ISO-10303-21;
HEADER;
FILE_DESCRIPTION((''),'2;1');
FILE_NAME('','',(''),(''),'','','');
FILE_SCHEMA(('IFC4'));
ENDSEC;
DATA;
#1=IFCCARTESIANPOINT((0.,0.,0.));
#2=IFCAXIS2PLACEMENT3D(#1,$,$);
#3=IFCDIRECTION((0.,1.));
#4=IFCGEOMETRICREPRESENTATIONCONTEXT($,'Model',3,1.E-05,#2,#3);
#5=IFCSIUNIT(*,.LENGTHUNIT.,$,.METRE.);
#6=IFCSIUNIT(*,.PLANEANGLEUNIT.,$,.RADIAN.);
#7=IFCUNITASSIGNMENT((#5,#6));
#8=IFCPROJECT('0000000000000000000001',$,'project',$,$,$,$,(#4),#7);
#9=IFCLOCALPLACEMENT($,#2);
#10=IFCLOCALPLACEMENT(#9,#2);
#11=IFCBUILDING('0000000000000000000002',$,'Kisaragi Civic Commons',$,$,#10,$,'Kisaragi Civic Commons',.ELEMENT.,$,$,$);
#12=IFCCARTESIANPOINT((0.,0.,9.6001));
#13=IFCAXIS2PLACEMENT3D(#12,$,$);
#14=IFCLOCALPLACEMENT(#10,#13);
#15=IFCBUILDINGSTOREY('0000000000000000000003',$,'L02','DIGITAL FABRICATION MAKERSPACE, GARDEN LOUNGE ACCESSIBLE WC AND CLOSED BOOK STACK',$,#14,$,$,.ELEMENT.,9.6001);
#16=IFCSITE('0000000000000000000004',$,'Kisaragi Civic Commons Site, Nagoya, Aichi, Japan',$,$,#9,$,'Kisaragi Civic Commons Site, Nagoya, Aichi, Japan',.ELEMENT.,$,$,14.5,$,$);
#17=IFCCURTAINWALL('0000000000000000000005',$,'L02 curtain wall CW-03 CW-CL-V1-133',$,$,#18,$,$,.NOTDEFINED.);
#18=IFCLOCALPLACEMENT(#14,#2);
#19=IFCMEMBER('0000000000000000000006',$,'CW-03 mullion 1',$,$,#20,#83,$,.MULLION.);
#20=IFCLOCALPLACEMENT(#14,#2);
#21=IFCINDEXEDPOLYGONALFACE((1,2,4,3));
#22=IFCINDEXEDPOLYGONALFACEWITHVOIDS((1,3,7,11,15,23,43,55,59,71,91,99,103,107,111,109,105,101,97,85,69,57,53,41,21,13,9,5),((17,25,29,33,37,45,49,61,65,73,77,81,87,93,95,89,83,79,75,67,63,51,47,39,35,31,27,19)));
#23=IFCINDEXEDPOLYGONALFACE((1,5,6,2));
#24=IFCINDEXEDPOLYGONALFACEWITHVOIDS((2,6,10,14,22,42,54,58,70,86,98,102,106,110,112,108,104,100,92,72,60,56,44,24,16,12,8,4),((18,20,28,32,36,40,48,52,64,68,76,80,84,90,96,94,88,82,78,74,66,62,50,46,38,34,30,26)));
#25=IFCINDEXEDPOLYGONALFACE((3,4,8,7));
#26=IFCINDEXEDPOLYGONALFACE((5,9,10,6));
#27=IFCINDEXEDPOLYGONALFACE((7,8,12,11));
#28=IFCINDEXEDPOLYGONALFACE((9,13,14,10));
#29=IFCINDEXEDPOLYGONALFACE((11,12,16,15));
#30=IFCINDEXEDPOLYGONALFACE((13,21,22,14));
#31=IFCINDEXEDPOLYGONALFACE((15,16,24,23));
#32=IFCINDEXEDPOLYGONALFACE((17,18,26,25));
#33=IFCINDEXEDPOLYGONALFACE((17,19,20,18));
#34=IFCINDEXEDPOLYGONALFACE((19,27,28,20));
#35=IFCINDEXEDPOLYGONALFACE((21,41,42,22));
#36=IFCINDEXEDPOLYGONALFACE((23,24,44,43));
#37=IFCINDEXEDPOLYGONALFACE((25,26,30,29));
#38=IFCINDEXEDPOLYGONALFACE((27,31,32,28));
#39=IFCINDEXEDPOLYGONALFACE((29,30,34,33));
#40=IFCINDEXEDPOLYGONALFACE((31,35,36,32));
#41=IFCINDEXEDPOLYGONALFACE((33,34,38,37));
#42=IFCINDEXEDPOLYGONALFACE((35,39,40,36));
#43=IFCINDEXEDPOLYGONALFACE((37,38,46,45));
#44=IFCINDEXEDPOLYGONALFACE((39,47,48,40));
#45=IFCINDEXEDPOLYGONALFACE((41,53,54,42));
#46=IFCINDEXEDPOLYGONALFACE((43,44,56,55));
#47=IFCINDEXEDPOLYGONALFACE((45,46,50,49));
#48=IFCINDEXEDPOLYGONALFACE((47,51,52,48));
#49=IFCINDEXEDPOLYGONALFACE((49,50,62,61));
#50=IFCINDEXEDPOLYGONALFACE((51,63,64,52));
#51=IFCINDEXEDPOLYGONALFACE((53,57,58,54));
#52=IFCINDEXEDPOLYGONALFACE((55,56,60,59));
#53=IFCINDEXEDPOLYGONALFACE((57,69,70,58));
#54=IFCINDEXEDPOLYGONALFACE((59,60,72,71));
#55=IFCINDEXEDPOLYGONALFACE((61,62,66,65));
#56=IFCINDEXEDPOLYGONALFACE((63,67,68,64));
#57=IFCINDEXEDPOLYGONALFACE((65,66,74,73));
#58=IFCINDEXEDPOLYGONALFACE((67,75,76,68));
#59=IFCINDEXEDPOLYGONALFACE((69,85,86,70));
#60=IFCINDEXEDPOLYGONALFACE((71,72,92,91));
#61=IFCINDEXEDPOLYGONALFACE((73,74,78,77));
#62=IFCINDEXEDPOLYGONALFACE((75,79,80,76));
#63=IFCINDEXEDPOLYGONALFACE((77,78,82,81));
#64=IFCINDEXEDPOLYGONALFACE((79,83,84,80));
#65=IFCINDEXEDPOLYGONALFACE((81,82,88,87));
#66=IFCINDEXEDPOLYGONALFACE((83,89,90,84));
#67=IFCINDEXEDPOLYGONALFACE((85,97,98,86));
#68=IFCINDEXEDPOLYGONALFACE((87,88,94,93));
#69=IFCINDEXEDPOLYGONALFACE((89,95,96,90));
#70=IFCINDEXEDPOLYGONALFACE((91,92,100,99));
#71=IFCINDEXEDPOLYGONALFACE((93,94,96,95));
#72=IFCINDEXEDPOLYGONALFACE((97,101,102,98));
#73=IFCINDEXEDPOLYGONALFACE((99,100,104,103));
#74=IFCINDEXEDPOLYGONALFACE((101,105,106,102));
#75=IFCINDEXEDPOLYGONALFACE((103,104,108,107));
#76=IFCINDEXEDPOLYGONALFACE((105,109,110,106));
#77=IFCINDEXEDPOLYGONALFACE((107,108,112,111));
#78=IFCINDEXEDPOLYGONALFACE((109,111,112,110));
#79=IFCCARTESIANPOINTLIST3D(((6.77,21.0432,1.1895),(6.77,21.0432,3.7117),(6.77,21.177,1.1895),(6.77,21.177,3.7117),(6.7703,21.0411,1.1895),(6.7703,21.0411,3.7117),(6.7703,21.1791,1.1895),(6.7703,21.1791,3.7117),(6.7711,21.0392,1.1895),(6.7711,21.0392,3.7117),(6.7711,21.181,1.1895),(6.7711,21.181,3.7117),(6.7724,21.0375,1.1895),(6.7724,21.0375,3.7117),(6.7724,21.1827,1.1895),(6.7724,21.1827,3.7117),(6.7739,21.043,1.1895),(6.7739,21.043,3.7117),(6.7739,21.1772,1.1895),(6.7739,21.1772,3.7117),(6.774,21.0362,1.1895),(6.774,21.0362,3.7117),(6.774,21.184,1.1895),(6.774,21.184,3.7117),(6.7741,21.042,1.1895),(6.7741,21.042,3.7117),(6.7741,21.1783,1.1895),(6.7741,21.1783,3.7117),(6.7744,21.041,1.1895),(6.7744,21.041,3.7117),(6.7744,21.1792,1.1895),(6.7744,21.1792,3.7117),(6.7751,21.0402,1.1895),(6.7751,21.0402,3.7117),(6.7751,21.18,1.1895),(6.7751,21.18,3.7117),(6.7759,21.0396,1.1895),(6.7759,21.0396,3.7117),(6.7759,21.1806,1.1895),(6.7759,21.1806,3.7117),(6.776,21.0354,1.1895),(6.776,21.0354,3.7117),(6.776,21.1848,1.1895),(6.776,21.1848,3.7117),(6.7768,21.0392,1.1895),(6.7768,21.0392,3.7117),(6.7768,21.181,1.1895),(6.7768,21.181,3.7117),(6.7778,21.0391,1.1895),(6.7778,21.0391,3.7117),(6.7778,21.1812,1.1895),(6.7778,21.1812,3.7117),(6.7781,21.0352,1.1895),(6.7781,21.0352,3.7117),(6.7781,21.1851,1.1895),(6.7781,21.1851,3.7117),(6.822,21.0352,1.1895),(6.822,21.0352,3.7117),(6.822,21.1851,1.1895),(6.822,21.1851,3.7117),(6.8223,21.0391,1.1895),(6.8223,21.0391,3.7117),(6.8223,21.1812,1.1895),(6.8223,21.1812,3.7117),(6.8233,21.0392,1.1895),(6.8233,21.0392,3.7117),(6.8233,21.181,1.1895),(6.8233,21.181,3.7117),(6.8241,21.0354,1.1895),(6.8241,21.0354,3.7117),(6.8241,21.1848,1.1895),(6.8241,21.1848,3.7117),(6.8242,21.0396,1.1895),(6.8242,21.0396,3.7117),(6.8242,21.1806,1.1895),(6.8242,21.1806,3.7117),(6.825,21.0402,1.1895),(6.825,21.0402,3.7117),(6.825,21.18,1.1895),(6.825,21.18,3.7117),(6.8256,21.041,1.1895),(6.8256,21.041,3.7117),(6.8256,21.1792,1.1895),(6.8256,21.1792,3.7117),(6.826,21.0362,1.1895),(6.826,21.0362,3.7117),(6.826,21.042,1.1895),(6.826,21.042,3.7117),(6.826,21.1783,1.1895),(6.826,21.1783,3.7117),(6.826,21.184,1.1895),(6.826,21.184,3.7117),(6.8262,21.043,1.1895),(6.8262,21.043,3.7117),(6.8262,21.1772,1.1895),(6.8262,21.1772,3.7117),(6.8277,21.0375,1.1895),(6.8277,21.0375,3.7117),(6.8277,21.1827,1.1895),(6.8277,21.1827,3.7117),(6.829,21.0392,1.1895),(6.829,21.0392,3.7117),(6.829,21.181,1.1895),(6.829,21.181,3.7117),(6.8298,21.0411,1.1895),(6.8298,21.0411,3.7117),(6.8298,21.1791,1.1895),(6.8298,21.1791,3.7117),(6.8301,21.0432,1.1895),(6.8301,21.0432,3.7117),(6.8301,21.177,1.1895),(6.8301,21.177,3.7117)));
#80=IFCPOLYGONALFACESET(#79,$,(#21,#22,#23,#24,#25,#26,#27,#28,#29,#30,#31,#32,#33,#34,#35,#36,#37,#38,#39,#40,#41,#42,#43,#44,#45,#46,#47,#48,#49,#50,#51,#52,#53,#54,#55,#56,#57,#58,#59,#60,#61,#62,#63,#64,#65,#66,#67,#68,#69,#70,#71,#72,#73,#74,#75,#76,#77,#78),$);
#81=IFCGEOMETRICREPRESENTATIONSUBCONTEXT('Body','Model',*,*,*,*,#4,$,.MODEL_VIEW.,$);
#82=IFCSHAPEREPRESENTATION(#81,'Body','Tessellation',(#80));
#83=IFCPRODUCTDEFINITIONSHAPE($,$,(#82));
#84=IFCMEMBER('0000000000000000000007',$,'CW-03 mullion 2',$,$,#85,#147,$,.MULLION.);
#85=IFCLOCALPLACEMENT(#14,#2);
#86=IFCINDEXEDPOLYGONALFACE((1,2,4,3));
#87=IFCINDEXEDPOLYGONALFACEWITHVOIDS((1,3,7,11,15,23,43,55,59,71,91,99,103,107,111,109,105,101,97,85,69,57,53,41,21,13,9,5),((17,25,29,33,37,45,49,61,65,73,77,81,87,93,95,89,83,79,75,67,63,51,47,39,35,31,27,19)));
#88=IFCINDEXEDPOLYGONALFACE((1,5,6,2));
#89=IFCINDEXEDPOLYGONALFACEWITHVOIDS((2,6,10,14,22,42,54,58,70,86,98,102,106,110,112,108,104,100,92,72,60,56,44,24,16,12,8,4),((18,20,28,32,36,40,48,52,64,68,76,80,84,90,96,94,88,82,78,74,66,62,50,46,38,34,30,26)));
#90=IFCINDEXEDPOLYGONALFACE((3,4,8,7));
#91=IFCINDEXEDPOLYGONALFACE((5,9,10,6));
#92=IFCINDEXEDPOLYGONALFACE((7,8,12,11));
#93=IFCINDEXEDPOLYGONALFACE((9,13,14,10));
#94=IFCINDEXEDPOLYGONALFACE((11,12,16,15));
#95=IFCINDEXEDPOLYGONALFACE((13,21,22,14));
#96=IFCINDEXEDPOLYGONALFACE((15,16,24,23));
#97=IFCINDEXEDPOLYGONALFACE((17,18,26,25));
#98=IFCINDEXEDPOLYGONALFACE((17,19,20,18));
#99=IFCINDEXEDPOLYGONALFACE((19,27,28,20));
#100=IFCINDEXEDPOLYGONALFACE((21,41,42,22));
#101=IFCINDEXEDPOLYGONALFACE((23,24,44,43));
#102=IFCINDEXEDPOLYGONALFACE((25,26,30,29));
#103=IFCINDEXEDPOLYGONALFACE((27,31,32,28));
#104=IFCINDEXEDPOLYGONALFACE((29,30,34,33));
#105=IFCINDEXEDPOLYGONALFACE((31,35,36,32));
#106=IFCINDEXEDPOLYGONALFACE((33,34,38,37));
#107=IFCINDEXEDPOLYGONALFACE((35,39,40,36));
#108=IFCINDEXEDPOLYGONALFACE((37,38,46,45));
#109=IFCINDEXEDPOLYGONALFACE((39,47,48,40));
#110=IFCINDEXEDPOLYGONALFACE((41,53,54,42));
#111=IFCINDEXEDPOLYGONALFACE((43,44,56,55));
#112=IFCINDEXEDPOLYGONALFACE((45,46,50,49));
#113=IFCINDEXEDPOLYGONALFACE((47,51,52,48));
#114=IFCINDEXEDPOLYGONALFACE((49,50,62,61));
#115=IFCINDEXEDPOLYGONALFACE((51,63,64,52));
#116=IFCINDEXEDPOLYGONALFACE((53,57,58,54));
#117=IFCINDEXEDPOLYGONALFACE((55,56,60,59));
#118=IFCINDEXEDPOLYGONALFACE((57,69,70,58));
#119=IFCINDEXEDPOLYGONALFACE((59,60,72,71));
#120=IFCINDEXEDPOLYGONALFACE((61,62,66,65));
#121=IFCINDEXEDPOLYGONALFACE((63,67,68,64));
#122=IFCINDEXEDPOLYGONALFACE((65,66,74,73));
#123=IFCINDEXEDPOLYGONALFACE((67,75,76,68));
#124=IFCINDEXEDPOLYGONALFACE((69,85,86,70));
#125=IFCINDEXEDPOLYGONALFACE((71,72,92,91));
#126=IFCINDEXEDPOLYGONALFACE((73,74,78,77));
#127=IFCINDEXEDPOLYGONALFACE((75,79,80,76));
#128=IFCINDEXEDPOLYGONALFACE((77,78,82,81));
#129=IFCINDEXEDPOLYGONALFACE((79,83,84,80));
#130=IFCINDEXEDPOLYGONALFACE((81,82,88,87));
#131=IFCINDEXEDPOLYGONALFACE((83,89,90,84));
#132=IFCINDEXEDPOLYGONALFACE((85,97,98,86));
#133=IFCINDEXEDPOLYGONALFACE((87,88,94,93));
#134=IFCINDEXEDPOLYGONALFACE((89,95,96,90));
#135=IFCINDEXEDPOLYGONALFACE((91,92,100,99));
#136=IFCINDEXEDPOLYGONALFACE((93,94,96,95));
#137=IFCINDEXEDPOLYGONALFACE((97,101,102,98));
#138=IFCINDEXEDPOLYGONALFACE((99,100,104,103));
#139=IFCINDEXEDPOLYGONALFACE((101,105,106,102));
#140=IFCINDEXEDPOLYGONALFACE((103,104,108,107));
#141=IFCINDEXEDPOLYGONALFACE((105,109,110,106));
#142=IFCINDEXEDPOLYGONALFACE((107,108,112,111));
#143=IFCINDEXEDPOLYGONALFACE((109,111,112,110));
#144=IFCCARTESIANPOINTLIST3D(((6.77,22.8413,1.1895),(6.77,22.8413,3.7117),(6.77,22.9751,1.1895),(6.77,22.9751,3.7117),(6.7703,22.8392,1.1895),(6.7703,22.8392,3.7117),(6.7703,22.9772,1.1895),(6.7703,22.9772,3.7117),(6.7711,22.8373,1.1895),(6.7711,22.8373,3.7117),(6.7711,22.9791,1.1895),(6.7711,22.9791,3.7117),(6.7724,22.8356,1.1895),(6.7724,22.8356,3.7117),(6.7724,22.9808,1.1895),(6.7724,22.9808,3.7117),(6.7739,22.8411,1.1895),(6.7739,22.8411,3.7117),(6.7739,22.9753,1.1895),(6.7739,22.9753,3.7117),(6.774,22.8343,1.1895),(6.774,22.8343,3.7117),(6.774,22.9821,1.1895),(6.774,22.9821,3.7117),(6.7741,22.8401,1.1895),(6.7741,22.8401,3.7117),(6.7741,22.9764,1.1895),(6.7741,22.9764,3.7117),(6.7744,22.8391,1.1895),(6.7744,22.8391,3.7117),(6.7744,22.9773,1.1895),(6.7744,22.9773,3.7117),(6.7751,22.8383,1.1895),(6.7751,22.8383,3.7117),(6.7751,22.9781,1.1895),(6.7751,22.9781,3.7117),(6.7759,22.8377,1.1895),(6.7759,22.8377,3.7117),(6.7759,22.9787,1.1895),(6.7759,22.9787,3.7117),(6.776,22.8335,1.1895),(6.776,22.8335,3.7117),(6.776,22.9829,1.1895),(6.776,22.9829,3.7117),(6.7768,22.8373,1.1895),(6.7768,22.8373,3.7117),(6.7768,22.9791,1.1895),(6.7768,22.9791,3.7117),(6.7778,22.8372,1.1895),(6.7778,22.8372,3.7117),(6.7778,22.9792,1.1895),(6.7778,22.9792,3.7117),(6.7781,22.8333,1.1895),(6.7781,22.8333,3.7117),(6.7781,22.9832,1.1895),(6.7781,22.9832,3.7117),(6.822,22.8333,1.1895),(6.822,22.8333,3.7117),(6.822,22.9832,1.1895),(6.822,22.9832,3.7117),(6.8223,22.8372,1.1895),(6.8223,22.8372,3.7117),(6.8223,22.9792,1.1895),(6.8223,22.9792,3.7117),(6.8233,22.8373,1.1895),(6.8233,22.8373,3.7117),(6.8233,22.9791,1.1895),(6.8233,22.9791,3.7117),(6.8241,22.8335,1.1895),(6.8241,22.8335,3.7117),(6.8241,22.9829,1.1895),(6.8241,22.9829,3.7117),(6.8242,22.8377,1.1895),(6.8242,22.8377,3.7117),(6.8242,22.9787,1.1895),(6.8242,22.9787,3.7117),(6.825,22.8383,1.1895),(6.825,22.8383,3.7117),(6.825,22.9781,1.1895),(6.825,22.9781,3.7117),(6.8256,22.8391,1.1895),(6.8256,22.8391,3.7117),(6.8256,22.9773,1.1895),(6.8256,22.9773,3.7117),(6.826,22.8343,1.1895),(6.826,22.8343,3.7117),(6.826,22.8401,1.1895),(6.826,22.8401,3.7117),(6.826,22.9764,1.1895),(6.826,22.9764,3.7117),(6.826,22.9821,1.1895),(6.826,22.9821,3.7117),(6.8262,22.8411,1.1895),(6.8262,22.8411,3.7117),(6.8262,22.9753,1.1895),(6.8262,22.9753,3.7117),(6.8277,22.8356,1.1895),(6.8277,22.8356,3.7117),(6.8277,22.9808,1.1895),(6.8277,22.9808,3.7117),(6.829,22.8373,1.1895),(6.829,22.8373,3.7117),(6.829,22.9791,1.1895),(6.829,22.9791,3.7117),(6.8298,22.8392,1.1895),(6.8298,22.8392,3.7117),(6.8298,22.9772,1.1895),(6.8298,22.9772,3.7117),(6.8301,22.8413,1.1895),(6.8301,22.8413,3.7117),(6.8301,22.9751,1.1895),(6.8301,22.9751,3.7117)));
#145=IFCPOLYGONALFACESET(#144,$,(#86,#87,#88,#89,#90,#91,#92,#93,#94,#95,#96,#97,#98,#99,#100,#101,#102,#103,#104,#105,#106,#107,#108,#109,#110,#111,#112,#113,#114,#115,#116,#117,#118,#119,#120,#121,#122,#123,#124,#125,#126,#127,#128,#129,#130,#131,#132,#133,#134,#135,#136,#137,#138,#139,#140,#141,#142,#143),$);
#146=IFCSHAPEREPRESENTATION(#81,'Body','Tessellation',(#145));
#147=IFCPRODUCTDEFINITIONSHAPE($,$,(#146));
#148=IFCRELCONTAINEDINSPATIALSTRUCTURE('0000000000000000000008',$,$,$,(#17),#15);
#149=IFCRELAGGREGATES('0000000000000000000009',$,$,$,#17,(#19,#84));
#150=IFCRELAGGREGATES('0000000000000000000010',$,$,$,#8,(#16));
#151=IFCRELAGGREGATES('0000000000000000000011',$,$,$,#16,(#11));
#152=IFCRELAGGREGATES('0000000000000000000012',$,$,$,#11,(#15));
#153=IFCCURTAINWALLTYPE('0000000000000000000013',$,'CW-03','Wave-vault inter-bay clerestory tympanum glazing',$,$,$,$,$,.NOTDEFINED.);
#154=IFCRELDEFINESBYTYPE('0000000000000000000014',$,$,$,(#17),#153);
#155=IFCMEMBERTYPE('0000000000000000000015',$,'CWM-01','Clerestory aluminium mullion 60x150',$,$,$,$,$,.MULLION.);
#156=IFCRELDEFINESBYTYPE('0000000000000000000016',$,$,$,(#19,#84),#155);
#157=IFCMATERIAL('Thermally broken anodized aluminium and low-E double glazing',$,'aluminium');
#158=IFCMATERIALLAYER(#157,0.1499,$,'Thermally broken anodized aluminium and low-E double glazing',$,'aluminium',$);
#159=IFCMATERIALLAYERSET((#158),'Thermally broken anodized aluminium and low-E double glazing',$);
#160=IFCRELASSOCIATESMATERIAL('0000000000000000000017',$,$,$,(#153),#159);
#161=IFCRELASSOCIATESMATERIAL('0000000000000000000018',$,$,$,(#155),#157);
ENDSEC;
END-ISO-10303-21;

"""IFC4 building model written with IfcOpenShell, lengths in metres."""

from ifc_helpers import new_model, si_unit, direction, frame, origin, origin_2d, place, context, subcontext, project, spatial, hollow_rectangle, extrude, material, layer, layer_set, material_profile, profile_set, type_object, element, aggregate, save


model = new_model("IFC4")

# Units and contexts
model_context = context("Model", 3, precision=1e-05, world=origin(), true_north=direction((0.0, 1.0)))
body_context = subcontext(model_context, "Body", "Model", "MODEL_VIEW")
ifc_project = project(units=[si_unit("LENGTHUNIT", "METRE"), si_unit("PLANEANGLEUNIT", "RADIAN")], contexts=[model_context])

# Site, building, storey
site_placement = place(None, origin())
site = spatial("IfcSite", under=ifc_project, at=site_placement, Name="Kisaragi Civic Commons Site, Nagoya, Aichi, Japan", LongName="Kisaragi Civic Commons Site, Nagoya, Aichi, Japan", CompositionType="ELEMENT", RefElevation=14.5)
building_placement = place(site_placement, origin())
building = spatial("IfcBuilding", under=site, at=building_placement, Name="Kisaragi Civic Commons", LongName="Kisaragi Civic Commons", CompositionType="ELEMENT")
storey_placement = place(building_placement, frame((0.0, 0.0, 9.6001)))
storey = spatial("IfcBuildingStorey", under=building, at=storey_placement, Name="L02", Description="DIGITAL FABRICATION MAKERSPACE, GARDEN LOUNGE ACCESSIBLE WC AND CLOSED BOOK STACK", CompositionType="ELEMENT", Elevation=9.6001)

# Curtain wall, members
ifc_material_1 = material(Name="Thermally broken anodized aluminium and low-E double glazing", Category="aluminium")
ifc_layer_1 = layer(ifc_material_1, 0.1499, Name="Thermally broken anodized aluminium and low-E double glazing", Category="aluminium")
ifc_layer_set_1 = layer_set([ifc_layer_1], Name="Thermally broken anodized aluminium and low-E double glazing")
curtain_wall_type = type_object("IfcCurtainWallType", Name="CW-03", Description="Wave-vault inter-bay clerestory tympanum glazing", PredefinedType="NOTDEFINED", material=ifc_layer_set_1)
curtain_wall_placement = place(storey_placement, origin())
curtain_wall = element("IfcCurtainWall", 1, at=curtain_wall_placement, inside=storey, type_object=curtain_wall_type, Name="L02 curtain wall CW-03 CW-CL-V1-133", PredefinedType="NOTDEFINED")
ifc_material_profile_1 = material_profile(ifc_material_1, hollow_rectangle(XDim=0.0601, YDim=0.1499, WallThickness=0.0039, InnerFilletRadius=0.0039, OuterFilletRadius=0.0081, at=origin_2d()), Name="CWM-60x150x4", Category="aluminium")
ifc_profile_set_1 = profile_set([ifc_material_profile_1], Name="Thermally broken anodized aluminium and low-E double glazing")
member_type_1 = type_object("IfcMemberType", Name="CWM-01", Description="Clerestory aluminium mullion 60x150", PredefinedType="MULLION", material=ifc_profile_set_1)
member_1_placement = place(storey_placement, frame((6.8, 21.1101, 1.1895), z_axis=(0.0, 0.0, 1.0), x_axis=(-1.0, 0.0, 0.0)))
member_1 = element("IfcMember", 2, at=member_1_placement, type_object=member_type_1, Name="CW-03 mullion 1", PredefinedType="MULLION", context=body_context, shape_type="SweptSolid", body=[
    extrude(hollow_rectangle(XDim=0.0601, YDim=0.1499, WallThickness=0.0039, InnerFilletRadius=0.0039, OuterFilletRadius=0.0081, at=origin_2d()), origin(), (0.0, 0.0, 1.0), 2.5222),
])
member_2_placement = place(storey_placement, frame((6.8, 22.9082, 1.1895), z_axis=(0.0, 0.0, 1.0), x_axis=(-1.0, 0.0, 0.0)))
member_2 = element("IfcMember", 3, at=member_2_placement, type_object=member_type_1, Name="CW-03 mullion 2", PredefinedType="MULLION", context=body_context, shape_type="SweptSolid", body=[
    extrude(hollow_rectangle(XDim=0.0601, YDim=0.1499, WallThickness=0.0039, InnerFilletRadius=0.0039, OuterFilletRadius=0.0081, at=origin_2d()), origin(), (0.0, 0.0, 1.0), 2.5222),
])

aggregate(curtain_wall, [member_1, member_2])

save(model, "model.ifc")
